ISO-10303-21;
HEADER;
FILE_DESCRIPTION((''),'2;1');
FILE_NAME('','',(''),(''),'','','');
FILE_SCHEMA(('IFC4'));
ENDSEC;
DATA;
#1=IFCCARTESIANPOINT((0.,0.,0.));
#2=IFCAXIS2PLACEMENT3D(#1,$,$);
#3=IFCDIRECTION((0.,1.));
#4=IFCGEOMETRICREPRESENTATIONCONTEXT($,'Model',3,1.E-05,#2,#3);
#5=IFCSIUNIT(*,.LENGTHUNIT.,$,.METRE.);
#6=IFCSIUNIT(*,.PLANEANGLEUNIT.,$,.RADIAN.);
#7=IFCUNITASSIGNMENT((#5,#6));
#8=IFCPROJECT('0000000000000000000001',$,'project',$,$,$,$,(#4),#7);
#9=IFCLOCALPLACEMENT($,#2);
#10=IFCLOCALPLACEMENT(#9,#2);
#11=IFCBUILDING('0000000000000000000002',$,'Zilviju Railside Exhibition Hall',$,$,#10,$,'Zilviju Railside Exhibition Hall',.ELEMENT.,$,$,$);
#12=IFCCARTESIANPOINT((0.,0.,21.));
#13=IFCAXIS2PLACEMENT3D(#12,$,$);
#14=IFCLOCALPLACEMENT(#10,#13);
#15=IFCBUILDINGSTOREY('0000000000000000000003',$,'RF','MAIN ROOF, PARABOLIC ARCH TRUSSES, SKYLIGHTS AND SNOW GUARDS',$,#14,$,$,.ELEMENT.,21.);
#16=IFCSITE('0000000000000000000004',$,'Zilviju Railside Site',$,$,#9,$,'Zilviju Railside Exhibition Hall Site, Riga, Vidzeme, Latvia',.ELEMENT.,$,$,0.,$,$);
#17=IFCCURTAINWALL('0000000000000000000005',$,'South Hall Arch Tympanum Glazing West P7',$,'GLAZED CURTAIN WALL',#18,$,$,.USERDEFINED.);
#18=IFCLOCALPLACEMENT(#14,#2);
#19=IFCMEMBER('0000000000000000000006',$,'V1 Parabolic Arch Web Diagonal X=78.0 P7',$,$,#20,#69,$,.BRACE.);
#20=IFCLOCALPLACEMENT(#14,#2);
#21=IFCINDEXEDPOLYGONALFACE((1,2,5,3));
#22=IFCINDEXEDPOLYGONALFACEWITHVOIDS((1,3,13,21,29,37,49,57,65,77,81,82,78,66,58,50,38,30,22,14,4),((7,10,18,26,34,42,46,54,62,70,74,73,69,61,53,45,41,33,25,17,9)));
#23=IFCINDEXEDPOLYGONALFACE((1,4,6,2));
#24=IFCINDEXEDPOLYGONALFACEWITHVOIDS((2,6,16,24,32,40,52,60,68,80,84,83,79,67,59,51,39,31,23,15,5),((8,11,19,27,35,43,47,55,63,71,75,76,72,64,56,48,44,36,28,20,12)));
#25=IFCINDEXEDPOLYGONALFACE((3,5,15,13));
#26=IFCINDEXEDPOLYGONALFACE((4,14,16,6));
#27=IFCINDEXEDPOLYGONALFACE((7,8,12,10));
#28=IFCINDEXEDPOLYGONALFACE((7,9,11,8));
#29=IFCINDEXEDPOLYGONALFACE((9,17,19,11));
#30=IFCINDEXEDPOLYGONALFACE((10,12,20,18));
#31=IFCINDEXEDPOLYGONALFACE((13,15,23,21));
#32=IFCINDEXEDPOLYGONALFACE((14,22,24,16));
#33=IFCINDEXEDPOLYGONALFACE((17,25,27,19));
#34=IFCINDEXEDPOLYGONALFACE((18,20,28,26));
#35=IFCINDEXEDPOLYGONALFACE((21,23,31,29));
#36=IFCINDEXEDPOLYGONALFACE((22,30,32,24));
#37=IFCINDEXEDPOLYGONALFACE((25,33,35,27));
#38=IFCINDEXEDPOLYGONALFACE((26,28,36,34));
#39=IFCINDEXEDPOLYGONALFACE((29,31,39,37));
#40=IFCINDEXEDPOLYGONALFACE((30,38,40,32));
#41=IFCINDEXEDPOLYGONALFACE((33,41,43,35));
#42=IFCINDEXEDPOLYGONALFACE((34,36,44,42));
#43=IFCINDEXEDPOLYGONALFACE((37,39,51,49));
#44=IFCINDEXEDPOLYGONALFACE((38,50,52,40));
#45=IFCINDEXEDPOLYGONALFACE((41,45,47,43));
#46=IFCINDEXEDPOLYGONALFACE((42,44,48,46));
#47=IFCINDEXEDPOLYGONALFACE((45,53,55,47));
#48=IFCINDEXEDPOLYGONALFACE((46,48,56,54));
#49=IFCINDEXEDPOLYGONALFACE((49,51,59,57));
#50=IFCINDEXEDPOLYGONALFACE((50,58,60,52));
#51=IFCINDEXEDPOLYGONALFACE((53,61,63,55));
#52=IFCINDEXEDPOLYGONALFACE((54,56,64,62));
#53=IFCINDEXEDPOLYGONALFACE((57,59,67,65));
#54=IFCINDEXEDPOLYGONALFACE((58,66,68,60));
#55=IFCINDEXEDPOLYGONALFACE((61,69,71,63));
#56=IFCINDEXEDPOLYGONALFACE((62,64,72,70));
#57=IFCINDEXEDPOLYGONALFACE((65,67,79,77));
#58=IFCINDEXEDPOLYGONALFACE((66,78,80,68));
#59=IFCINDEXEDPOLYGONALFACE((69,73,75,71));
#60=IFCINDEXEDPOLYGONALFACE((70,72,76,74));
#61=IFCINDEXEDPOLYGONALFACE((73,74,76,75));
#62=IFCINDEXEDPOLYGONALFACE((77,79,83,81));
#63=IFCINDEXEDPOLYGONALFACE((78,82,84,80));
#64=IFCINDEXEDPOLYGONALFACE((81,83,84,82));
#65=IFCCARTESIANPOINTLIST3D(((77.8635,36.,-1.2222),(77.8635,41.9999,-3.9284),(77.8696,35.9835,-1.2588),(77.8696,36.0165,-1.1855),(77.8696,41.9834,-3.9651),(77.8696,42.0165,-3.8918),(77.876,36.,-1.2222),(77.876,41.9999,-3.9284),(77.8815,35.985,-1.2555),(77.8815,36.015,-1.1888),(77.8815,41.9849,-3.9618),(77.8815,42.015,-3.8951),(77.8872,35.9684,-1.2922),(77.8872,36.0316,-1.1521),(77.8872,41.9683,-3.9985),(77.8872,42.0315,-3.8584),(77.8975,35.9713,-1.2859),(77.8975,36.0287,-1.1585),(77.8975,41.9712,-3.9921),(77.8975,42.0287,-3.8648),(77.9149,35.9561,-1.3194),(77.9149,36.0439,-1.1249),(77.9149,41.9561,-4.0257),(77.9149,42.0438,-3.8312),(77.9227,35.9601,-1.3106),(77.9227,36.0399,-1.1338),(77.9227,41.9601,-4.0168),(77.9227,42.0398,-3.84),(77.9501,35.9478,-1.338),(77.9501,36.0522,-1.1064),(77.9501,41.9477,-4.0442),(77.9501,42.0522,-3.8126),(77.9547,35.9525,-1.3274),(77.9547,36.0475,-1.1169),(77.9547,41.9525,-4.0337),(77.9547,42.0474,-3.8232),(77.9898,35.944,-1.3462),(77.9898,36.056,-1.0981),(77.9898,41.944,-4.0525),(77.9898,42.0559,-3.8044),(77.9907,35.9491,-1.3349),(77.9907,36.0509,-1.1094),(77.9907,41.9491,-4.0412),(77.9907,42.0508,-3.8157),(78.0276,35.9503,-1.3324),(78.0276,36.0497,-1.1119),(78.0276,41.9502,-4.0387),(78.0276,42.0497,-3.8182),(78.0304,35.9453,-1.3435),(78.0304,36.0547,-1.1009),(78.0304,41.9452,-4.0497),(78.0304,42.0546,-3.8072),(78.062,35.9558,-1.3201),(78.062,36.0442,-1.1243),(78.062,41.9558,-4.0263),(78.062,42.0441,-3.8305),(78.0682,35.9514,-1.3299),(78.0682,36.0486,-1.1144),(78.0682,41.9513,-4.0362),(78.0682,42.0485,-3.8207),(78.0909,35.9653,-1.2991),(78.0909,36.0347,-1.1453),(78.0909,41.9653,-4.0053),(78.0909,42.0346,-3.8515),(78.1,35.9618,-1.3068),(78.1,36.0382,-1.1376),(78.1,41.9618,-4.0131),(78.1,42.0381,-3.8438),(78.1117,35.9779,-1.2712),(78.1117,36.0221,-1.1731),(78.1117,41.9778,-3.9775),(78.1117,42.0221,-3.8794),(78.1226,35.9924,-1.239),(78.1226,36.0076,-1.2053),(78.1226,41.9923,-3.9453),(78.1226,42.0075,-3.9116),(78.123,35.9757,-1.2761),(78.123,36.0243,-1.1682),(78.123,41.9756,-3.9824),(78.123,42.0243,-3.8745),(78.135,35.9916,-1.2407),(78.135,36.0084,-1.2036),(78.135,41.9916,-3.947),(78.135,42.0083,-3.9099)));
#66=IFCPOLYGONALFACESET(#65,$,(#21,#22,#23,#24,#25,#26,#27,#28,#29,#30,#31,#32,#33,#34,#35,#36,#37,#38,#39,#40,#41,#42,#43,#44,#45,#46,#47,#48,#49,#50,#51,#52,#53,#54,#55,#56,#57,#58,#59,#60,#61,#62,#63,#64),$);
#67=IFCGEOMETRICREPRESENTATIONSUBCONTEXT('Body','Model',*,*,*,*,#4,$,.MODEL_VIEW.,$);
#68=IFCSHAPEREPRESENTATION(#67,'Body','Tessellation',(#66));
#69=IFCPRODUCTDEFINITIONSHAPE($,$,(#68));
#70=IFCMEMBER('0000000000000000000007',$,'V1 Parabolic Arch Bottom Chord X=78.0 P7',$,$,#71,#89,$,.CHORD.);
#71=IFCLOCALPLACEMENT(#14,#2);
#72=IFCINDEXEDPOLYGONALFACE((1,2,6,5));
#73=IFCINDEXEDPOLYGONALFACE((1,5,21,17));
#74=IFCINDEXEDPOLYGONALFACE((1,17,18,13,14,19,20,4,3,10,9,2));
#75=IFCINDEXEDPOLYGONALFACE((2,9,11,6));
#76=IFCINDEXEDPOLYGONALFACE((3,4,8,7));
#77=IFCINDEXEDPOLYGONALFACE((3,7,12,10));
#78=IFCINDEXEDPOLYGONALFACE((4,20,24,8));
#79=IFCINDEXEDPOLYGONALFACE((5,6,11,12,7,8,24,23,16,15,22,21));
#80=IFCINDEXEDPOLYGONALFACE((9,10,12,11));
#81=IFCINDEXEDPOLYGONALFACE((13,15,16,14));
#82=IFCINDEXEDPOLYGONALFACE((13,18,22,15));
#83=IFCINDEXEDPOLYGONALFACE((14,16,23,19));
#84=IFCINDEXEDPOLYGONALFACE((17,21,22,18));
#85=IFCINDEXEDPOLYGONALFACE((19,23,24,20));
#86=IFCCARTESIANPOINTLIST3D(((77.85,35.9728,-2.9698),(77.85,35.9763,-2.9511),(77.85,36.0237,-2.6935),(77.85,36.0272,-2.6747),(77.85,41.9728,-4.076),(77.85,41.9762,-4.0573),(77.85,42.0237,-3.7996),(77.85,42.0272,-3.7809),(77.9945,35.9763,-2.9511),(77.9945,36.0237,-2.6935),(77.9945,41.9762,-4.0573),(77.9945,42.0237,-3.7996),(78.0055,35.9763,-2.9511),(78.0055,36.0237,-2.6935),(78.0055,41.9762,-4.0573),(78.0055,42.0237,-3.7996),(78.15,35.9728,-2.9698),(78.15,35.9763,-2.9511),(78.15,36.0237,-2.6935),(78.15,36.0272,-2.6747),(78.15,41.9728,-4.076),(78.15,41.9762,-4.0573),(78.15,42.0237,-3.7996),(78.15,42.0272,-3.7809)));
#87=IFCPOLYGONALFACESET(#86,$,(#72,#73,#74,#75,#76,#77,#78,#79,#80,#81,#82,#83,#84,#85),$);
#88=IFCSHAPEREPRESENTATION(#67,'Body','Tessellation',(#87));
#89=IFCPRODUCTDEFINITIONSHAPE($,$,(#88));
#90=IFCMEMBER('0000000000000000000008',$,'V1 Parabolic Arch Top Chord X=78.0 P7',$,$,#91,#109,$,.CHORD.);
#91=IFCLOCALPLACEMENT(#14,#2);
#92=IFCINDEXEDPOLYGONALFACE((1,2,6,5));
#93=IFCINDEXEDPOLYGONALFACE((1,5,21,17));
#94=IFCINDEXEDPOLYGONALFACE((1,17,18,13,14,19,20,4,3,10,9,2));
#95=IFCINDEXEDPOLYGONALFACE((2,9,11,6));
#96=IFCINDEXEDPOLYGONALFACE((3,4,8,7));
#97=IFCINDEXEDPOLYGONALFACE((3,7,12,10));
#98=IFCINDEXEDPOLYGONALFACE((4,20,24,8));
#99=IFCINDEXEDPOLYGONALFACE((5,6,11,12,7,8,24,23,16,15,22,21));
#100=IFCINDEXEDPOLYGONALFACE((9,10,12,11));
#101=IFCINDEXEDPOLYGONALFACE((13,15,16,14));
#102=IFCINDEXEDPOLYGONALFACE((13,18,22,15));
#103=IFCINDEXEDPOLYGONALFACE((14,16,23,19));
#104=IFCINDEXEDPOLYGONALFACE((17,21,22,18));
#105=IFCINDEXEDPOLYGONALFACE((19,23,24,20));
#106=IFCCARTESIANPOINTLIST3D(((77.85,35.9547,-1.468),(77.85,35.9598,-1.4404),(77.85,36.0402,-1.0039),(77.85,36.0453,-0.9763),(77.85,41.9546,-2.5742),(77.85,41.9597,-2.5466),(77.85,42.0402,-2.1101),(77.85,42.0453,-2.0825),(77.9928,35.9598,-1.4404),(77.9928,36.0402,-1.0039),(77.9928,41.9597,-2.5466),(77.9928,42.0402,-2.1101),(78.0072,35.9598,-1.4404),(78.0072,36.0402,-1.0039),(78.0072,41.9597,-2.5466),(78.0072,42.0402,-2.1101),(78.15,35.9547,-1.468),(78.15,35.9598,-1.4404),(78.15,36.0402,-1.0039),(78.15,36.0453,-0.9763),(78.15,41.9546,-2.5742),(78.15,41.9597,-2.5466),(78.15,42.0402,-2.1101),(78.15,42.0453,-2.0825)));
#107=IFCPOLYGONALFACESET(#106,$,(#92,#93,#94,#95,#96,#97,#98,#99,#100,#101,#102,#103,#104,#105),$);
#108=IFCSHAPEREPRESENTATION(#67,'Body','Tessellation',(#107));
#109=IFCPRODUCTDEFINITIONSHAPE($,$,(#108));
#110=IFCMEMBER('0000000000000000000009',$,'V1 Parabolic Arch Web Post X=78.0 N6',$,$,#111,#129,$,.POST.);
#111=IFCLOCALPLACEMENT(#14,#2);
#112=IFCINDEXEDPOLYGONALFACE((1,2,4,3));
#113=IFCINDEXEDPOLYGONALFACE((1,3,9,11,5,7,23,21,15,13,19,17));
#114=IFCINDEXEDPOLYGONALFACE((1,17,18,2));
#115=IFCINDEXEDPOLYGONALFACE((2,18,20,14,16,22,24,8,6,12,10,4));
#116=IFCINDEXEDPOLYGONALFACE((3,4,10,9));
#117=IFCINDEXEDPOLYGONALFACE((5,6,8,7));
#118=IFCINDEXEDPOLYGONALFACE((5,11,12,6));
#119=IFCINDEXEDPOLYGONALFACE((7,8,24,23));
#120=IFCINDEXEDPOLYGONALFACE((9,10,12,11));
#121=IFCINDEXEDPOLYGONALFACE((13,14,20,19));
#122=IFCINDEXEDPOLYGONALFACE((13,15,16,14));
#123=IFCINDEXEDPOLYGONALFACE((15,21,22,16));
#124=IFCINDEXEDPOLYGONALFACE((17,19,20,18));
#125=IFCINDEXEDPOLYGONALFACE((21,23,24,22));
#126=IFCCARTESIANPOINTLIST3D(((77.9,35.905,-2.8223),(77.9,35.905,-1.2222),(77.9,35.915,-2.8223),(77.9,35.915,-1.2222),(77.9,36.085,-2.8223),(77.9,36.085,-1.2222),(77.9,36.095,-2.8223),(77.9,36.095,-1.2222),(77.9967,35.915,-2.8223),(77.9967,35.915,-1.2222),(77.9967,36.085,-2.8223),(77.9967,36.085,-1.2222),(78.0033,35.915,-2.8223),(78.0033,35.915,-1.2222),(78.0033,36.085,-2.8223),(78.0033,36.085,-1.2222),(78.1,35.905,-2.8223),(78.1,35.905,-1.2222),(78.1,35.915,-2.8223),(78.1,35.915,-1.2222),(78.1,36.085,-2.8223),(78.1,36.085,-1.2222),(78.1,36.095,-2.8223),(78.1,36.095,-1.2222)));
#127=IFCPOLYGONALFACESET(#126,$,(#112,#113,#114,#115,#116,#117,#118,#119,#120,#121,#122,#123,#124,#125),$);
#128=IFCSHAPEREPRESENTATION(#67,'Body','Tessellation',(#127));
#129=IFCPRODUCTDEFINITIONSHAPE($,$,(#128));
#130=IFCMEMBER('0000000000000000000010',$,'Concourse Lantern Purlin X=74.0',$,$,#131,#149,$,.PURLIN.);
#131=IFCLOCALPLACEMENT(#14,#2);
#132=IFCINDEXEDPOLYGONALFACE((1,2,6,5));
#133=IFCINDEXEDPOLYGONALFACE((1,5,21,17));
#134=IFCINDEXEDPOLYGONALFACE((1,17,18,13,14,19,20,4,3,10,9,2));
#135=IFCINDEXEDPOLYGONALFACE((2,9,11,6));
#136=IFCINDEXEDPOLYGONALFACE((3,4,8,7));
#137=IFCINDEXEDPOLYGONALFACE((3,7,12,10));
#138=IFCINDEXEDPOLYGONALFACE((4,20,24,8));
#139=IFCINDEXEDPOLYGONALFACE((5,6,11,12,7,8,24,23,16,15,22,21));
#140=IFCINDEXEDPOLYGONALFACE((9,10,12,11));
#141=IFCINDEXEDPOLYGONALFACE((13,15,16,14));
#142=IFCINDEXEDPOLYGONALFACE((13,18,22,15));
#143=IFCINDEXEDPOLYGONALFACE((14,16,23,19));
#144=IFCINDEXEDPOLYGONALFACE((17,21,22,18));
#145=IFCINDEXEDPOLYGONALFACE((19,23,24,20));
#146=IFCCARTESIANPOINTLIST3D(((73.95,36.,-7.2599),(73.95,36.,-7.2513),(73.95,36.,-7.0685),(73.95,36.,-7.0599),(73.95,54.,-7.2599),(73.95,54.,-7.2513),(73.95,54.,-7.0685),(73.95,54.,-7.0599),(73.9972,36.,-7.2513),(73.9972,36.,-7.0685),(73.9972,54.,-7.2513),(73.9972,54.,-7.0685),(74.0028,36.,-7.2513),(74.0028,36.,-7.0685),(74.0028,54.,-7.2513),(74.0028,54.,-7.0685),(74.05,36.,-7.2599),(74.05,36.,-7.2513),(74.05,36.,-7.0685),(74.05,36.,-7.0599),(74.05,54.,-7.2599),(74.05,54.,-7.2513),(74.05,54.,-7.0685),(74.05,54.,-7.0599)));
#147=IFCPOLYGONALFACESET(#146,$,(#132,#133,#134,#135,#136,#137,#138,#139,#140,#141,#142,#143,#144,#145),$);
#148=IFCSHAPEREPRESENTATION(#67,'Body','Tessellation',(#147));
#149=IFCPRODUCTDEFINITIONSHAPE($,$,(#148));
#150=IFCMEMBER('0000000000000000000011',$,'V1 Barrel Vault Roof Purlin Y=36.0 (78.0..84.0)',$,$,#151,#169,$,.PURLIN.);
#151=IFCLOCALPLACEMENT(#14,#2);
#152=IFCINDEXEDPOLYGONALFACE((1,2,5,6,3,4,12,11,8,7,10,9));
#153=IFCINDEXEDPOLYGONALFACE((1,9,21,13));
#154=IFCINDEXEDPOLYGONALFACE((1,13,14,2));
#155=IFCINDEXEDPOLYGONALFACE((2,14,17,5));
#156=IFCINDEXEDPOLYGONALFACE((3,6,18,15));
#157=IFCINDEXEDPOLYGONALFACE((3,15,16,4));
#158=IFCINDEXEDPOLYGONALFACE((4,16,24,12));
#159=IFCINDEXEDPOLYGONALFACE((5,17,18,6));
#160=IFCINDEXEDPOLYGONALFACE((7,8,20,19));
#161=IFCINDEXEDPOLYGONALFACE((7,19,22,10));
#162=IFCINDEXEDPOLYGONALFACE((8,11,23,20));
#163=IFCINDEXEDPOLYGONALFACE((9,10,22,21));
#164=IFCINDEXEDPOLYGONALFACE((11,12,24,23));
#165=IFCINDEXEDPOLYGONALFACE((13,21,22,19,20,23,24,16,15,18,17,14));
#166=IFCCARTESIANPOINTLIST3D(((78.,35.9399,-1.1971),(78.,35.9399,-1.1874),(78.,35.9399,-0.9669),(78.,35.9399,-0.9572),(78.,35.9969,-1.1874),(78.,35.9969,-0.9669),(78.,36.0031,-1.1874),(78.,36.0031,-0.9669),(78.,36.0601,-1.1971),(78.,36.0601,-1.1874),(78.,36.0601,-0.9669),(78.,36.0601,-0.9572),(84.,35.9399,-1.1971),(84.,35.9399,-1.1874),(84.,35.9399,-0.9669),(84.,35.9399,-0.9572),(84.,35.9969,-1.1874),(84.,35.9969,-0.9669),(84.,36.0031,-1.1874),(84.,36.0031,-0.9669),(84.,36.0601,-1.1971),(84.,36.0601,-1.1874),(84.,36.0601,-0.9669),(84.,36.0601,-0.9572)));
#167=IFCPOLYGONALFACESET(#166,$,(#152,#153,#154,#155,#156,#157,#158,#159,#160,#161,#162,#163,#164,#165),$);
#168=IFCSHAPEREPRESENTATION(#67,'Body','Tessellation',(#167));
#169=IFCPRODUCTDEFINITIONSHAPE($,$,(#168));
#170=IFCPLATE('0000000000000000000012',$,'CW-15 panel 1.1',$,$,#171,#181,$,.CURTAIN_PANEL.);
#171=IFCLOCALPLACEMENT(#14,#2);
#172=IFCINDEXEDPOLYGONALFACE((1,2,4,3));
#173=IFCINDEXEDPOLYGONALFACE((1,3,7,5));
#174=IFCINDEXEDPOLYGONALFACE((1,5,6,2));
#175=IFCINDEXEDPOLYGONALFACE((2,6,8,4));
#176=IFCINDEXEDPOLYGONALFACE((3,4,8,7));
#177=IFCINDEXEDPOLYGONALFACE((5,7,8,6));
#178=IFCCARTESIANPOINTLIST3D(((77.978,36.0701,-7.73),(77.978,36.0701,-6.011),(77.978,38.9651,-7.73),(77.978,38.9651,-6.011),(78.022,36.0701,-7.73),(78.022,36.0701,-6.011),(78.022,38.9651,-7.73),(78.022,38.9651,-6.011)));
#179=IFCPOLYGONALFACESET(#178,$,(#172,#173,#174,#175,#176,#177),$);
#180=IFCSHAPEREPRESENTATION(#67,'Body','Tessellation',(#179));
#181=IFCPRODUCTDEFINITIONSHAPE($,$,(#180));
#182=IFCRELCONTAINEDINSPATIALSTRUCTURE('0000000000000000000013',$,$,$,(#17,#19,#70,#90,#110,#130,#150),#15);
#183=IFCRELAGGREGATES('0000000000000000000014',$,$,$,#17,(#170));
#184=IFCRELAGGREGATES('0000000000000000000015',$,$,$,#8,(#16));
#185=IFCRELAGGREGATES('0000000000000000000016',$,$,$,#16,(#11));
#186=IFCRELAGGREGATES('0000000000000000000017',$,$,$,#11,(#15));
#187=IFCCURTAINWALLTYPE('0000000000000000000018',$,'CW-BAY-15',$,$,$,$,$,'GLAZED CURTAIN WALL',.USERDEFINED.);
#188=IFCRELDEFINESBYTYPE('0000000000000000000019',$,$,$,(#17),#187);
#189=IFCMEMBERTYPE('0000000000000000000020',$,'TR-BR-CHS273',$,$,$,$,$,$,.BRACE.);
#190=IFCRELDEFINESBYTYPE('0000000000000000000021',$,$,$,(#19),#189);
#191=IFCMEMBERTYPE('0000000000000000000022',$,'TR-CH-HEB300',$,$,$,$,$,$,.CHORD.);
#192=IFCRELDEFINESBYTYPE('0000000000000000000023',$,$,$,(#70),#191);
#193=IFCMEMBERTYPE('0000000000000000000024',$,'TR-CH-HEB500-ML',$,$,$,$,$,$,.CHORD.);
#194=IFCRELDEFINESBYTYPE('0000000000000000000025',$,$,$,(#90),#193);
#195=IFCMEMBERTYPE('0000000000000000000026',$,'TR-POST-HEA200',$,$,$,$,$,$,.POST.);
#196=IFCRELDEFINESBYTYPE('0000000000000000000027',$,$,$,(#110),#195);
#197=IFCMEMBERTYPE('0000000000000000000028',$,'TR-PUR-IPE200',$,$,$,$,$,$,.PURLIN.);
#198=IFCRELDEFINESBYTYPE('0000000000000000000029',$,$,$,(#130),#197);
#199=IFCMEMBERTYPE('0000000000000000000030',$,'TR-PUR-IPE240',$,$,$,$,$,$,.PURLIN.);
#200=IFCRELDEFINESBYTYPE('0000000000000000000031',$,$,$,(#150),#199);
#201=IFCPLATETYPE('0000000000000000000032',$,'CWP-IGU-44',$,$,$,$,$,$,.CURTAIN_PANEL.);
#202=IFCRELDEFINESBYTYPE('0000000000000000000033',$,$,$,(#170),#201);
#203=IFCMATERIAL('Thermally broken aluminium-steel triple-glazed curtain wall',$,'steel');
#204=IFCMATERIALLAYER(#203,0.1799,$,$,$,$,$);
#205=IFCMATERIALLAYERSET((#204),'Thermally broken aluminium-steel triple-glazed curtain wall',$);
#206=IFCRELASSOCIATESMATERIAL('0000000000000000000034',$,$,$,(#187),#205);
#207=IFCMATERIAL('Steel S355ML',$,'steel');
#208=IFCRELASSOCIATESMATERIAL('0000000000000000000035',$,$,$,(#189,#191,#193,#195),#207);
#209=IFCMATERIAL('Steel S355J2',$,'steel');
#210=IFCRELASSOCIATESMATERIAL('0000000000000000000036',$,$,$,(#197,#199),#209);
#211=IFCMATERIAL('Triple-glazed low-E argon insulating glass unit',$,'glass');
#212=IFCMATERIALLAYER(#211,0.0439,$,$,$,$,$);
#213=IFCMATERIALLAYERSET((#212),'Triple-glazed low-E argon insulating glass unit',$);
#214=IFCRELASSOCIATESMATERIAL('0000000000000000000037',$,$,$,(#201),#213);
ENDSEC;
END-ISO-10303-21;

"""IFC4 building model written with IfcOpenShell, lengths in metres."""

from ifc_helpers import new_model, si_unit, direction, frame, origin, origin_2d, place, context, subcontext, project, spatial, rectangle, hollow_circle, i_section, extrude, material, layer, layer_set, material_profile, profile_set, type_object, element, aggregate, save


model = new_model("IFC4")

# Units and contexts
model_context = context("Model", 3, precision=1e-05, world=origin(), true_north=direction((0.0, 1.0)))
body_context = subcontext(model_context, "Body", "Model", "MODEL_VIEW")
ifc_project = project(units=[si_unit("LENGTHUNIT", "METRE"), si_unit("PLANEANGLEUNIT", "RADIAN")], contexts=[model_context])

# Site, building, storey
site_placement = place(None, origin())
site = spatial("IfcSite", under=ifc_project, at=site_placement, Name="Zilviju Railside Site", LongName="Zilviju Railside Exhibition Hall Site, Riga, Vidzeme, Latvia", CompositionType="ELEMENT", RefElevation=0.0)
building_placement = place(site_placement, origin())
building = spatial("IfcBuilding", under=site, at=building_placement, Name="Zilviju Railside Exhibition Hall", LongName="Zilviju Railside Exhibition Hall", CompositionType="ELEMENT")
storey_placement = place(building_placement, frame((0.0, 0.0, 21.0)))
storey = spatial("IfcBuildingStorey", under=building, at=storey_placement, Name="RF", Description="MAIN ROOF, PARABOLIC ARCH TRUSSES, SKYLIGHTS AND SNOW GUARDS", CompositionType="ELEMENT", Elevation=21.0)

# Curtain wall
ifc_material_1 = material(Name="Thermally broken aluminium-steel triple-glazed curtain wall", Category="steel")
ifc_layer_1 = layer(ifc_material_1, 0.1799)
ifc_layer_set_1 = layer_set([ifc_layer_1], Name="Thermally broken aluminium-steel triple-glazed curtain wall")
curtain_wall_type = type_object("IfcCurtainWallType", Name="CW-BAY-15", ElementType="GLAZED CURTAIN WALL", PredefinedType="USERDEFINED", material=ifc_layer_set_1)
curtain_wall_placement = place(storey_placement, origin())
curtain_wall = element("IfcCurtainWall", 1, at=curtain_wall_placement, inside=storey, type_object=curtain_wall_type, Name="South Hall Arch Tympanum Glazing West P7", ObjectType="GLAZED CURTAIN WALL", PredefinedType="USERDEFINED")

# Members
ifc_material_2 = material(Name="Steel S355ML", Category="steel")
ifc_material_profile_1 = material_profile(ifc_material_2, hollow_circle(Radius=0.1365, WallThickness=0.0125, at=origin_2d()), Name="CHS 273.0x12.5")
ifc_profile_set_1 = profile_set([ifc_material_profile_1], Name="Steel S355ML")
member_type_1 = type_object("IfcMemberType", Name="TR-BR-CHS273", PredefinedType="BRACE", material=ifc_profile_set_1)
member_1_placement = place(storey_placement, frame((78.0, 36.0, -1.2222), z_axis=(0.0, 0.911563, -0.41116), x_axis=(-1.0, 0.0, 0.0)))
element("IfcMember", 2, at=member_1_placement, inside=storey, type_object=member_type_1, Name="V1 Parabolic Arch Web Diagonal X=78.0 P7", PredefinedType="BRACE", context=body_context, shape_type="SweptSolid", body=[
    extrude(hollow_circle(Radius=0.1365, WallThickness=0.0125, at=origin_2d()), origin(), (0.0, 0.0, 1.0), 6.582),
])
ifc_material_profile_2 = material_profile(ifc_material_2, i_section(OverallWidth=0.3, OverallDepth=0.3, WebThickness=0.011, FlangeThickness=0.019, at=origin_2d()), Name="HEB 300")
ifc_profile_set_2 = profile_set([ifc_material_profile_2], Name="Steel S355ML")
member_type_2 = type_object("IfcMemberType", Name="TR-CH-HEB300", PredefinedType="CHORD", material=ifc_profile_set_2)
member_2_placement = place(storey_placement, frame((78.0, 36.0, -2.8223), z_axis=(0.0, 0.983426, -0.181311), x_axis=(-1.0, 0.0, 0.0)))
element("IfcMember", 3, at=member_2_placement, inside=storey, type_object=member_type_2, Name="V1 Parabolic Arch Bottom Chord X=78.0 P7", PredefinedType="CHORD", context=body_context, shape_type="SweptSolid", body=[
    extrude(i_section(OverallWidth=0.3, OverallDepth=0.3, WebThickness=0.011, FlangeThickness=0.019, at=origin_2d()), origin(), (0.0, 0.0, 1.0), 6.1011),
])
ifc_material_profile_3 = material_profile(ifc_material_2, i_section(OverallWidth=0.3, OverallDepth=0.5, WebThickness=0.0144, FlangeThickness=0.0281, at=origin_2d()), Name="HEB 500")
ifc_profile_set_3 = profile_set([ifc_material_profile_3], Name="Steel S355ML")
member_type_3 = type_object("IfcMemberType", Name="TR-CH-HEB500-ML", PredefinedType="CHORD", material=ifc_profile_set_3)
member_3_placement = place(storey_placement, frame((78.0, 36.0, -1.2222), z_axis=(0.0, 0.983426, -0.181311), x_axis=(-1.0, 0.0, 0.0)))
element("IfcMember", 4, at=member_3_placement, inside=storey, type_object=member_type_3, Name="V1 Parabolic Arch Top Chord X=78.0 P7", PredefinedType="CHORD", context=body_context, shape_type="SweptSolid", body=[
    extrude(i_section(OverallWidth=0.3, OverallDepth=0.5, WebThickness=0.0144, FlangeThickness=0.0281, at=origin_2d()), origin(), (0.0, 0.0, 1.0), 6.1011),
])
ifc_material_profile_4 = material_profile(ifc_material_2, i_section(OverallWidth=0.2, OverallDepth=0.1899, WebThickness=0.0066, FlangeThickness=0.01, at=origin_2d()), Name="HEA 200")
ifc_profile_set_4 = profile_set([ifc_material_profile_4], Name="Steel S355ML")
member_type_4 = type_object("IfcMemberType", Name="TR-POST-HEA200", PredefinedType="POST", material=ifc_profile_set_4)
member_4_placement = place(storey_placement, frame((78.0, 36.0, -2.8223), z_axis=(0.0, 0.0, 1.0), x_axis=(1.0, 0.0, 0.0)))
element("IfcMember", 5, at=member_4_placement, inside=storey, type_object=member_type_4, Name="V1 Parabolic Arch Web Post X=78.0 N6", PredefinedType="POST", context=body_context, shape_type="SweptSolid", body=[
    extrude(i_section(OverallWidth=0.2, OverallDepth=0.1899, WebThickness=0.0066, FlangeThickness=0.01, at=origin_2d()), origin(), (0.0, 0.0, 1.0), 1.6001),
])
ifc_material_3 = material(Name="Steel S355J2", Category="steel")
ifc_material_profile_5 = material_profile(ifc_material_3, i_section(OverallWidth=0.1001, OverallDepth=0.2, WebThickness=0.0056, FlangeThickness=0.0085, at=origin_2d()), Name="IPE 200")
ifc_profile_set_5 = profile_set([ifc_material_profile_5], Name="Steel S355J2")
member_type_5 = type_object("IfcMemberType", Name="TR-PUR-IPE200", PredefinedType="PURLIN", material=ifc_profile_set_5)
member_5_placement = place(storey_placement, frame((74.0, 36.0, -7.1599), z_axis=(0.0, 1.0, 0.0), x_axis=(-1.0, 0.0, 0.0)))
element("IfcMember", 6, at=member_5_placement, inside=storey, type_object=member_type_5, Name="Concourse Lantern Purlin X=74.0", PredefinedType="PURLIN", context=body_context, shape_type="SweptSolid", body=[
    extrude(i_section(OverallWidth=0.1001, OverallDepth=0.2, WebThickness=0.0056, FlangeThickness=0.0085, at=origin_2d()), origin(), (0.0, 0.0, 1.0), 18.0),
])
ifc_material_profile_6 = material_profile(ifc_material_3, i_section(OverallWidth=0.1201, OverallDepth=0.24, WebThickness=0.0061, FlangeThickness=0.0098, at=origin_2d()), Name="IPE 240")
ifc_profile_set_6 = profile_set([ifc_material_profile_6], Name="Steel S355J2")
member_type_6 = type_object("IfcMemberType", Name="TR-PUR-IPE240", PredefinedType="PURLIN", material=ifc_profile_set_6)
member_6_placement = place(storey_placement, frame((78.0, 36.0, -1.0771), z_axis=(1.0, 0.0, 0.0), x_axis=(0.0, 1.0, 0.0)))
element("IfcMember", 7, at=member_6_placement, inside=storey, type_object=member_type_6, Name="V1 Barrel Vault Roof Purlin Y=36.0 (78.0..84.0)", PredefinedType="PURLIN", context=body_context, shape_type="SweptSolid", body=[
    extrude(i_section(OverallWidth=0.1201, OverallDepth=0.24, WebThickness=0.0061, FlangeThickness=0.0098, at=origin_2d()), origin(), (0.0, 0.0, 1.0), 6.0),
])

# Plate
ifc_material_4 = material(Name="Triple-glazed low-E argon insulating glass unit", Category="glass")
ifc_layer_2 = layer(ifc_material_4, 0.0439)
ifc_layer_set_2 = layer_set([ifc_layer_2], Name="Triple-glazed low-E argon insulating glass unit")
plate_type_1 = type_object("IfcPlateType", Name="CWP-IGU-44", PredefinedType="CURTAIN_PANEL", material=ifc_layer_set_2)
plate_1_placement = place(storey_placement, frame((78.0, 37.5176, -7.73), z_axis=(0.0, 0.0, 1.0), x_axis=(0.0, 1.0, 0.0)))
plate_1 = element("IfcPlate", 8, at=plate_1_placement, type_object=plate_type_1, Name="CW-15 panel 1.1", PredefinedType="CURTAIN_PANEL", context=body_context, shape_type="SweptSolid", body=[
    extrude(rectangle(XDim=2.895, YDim=0.0439, at=origin_2d()), origin(), (0.0, 0.0, 1.0), 1.719),
])
aggregate(curtain_wall, [plate_1])

save(model, "model.ifc")
